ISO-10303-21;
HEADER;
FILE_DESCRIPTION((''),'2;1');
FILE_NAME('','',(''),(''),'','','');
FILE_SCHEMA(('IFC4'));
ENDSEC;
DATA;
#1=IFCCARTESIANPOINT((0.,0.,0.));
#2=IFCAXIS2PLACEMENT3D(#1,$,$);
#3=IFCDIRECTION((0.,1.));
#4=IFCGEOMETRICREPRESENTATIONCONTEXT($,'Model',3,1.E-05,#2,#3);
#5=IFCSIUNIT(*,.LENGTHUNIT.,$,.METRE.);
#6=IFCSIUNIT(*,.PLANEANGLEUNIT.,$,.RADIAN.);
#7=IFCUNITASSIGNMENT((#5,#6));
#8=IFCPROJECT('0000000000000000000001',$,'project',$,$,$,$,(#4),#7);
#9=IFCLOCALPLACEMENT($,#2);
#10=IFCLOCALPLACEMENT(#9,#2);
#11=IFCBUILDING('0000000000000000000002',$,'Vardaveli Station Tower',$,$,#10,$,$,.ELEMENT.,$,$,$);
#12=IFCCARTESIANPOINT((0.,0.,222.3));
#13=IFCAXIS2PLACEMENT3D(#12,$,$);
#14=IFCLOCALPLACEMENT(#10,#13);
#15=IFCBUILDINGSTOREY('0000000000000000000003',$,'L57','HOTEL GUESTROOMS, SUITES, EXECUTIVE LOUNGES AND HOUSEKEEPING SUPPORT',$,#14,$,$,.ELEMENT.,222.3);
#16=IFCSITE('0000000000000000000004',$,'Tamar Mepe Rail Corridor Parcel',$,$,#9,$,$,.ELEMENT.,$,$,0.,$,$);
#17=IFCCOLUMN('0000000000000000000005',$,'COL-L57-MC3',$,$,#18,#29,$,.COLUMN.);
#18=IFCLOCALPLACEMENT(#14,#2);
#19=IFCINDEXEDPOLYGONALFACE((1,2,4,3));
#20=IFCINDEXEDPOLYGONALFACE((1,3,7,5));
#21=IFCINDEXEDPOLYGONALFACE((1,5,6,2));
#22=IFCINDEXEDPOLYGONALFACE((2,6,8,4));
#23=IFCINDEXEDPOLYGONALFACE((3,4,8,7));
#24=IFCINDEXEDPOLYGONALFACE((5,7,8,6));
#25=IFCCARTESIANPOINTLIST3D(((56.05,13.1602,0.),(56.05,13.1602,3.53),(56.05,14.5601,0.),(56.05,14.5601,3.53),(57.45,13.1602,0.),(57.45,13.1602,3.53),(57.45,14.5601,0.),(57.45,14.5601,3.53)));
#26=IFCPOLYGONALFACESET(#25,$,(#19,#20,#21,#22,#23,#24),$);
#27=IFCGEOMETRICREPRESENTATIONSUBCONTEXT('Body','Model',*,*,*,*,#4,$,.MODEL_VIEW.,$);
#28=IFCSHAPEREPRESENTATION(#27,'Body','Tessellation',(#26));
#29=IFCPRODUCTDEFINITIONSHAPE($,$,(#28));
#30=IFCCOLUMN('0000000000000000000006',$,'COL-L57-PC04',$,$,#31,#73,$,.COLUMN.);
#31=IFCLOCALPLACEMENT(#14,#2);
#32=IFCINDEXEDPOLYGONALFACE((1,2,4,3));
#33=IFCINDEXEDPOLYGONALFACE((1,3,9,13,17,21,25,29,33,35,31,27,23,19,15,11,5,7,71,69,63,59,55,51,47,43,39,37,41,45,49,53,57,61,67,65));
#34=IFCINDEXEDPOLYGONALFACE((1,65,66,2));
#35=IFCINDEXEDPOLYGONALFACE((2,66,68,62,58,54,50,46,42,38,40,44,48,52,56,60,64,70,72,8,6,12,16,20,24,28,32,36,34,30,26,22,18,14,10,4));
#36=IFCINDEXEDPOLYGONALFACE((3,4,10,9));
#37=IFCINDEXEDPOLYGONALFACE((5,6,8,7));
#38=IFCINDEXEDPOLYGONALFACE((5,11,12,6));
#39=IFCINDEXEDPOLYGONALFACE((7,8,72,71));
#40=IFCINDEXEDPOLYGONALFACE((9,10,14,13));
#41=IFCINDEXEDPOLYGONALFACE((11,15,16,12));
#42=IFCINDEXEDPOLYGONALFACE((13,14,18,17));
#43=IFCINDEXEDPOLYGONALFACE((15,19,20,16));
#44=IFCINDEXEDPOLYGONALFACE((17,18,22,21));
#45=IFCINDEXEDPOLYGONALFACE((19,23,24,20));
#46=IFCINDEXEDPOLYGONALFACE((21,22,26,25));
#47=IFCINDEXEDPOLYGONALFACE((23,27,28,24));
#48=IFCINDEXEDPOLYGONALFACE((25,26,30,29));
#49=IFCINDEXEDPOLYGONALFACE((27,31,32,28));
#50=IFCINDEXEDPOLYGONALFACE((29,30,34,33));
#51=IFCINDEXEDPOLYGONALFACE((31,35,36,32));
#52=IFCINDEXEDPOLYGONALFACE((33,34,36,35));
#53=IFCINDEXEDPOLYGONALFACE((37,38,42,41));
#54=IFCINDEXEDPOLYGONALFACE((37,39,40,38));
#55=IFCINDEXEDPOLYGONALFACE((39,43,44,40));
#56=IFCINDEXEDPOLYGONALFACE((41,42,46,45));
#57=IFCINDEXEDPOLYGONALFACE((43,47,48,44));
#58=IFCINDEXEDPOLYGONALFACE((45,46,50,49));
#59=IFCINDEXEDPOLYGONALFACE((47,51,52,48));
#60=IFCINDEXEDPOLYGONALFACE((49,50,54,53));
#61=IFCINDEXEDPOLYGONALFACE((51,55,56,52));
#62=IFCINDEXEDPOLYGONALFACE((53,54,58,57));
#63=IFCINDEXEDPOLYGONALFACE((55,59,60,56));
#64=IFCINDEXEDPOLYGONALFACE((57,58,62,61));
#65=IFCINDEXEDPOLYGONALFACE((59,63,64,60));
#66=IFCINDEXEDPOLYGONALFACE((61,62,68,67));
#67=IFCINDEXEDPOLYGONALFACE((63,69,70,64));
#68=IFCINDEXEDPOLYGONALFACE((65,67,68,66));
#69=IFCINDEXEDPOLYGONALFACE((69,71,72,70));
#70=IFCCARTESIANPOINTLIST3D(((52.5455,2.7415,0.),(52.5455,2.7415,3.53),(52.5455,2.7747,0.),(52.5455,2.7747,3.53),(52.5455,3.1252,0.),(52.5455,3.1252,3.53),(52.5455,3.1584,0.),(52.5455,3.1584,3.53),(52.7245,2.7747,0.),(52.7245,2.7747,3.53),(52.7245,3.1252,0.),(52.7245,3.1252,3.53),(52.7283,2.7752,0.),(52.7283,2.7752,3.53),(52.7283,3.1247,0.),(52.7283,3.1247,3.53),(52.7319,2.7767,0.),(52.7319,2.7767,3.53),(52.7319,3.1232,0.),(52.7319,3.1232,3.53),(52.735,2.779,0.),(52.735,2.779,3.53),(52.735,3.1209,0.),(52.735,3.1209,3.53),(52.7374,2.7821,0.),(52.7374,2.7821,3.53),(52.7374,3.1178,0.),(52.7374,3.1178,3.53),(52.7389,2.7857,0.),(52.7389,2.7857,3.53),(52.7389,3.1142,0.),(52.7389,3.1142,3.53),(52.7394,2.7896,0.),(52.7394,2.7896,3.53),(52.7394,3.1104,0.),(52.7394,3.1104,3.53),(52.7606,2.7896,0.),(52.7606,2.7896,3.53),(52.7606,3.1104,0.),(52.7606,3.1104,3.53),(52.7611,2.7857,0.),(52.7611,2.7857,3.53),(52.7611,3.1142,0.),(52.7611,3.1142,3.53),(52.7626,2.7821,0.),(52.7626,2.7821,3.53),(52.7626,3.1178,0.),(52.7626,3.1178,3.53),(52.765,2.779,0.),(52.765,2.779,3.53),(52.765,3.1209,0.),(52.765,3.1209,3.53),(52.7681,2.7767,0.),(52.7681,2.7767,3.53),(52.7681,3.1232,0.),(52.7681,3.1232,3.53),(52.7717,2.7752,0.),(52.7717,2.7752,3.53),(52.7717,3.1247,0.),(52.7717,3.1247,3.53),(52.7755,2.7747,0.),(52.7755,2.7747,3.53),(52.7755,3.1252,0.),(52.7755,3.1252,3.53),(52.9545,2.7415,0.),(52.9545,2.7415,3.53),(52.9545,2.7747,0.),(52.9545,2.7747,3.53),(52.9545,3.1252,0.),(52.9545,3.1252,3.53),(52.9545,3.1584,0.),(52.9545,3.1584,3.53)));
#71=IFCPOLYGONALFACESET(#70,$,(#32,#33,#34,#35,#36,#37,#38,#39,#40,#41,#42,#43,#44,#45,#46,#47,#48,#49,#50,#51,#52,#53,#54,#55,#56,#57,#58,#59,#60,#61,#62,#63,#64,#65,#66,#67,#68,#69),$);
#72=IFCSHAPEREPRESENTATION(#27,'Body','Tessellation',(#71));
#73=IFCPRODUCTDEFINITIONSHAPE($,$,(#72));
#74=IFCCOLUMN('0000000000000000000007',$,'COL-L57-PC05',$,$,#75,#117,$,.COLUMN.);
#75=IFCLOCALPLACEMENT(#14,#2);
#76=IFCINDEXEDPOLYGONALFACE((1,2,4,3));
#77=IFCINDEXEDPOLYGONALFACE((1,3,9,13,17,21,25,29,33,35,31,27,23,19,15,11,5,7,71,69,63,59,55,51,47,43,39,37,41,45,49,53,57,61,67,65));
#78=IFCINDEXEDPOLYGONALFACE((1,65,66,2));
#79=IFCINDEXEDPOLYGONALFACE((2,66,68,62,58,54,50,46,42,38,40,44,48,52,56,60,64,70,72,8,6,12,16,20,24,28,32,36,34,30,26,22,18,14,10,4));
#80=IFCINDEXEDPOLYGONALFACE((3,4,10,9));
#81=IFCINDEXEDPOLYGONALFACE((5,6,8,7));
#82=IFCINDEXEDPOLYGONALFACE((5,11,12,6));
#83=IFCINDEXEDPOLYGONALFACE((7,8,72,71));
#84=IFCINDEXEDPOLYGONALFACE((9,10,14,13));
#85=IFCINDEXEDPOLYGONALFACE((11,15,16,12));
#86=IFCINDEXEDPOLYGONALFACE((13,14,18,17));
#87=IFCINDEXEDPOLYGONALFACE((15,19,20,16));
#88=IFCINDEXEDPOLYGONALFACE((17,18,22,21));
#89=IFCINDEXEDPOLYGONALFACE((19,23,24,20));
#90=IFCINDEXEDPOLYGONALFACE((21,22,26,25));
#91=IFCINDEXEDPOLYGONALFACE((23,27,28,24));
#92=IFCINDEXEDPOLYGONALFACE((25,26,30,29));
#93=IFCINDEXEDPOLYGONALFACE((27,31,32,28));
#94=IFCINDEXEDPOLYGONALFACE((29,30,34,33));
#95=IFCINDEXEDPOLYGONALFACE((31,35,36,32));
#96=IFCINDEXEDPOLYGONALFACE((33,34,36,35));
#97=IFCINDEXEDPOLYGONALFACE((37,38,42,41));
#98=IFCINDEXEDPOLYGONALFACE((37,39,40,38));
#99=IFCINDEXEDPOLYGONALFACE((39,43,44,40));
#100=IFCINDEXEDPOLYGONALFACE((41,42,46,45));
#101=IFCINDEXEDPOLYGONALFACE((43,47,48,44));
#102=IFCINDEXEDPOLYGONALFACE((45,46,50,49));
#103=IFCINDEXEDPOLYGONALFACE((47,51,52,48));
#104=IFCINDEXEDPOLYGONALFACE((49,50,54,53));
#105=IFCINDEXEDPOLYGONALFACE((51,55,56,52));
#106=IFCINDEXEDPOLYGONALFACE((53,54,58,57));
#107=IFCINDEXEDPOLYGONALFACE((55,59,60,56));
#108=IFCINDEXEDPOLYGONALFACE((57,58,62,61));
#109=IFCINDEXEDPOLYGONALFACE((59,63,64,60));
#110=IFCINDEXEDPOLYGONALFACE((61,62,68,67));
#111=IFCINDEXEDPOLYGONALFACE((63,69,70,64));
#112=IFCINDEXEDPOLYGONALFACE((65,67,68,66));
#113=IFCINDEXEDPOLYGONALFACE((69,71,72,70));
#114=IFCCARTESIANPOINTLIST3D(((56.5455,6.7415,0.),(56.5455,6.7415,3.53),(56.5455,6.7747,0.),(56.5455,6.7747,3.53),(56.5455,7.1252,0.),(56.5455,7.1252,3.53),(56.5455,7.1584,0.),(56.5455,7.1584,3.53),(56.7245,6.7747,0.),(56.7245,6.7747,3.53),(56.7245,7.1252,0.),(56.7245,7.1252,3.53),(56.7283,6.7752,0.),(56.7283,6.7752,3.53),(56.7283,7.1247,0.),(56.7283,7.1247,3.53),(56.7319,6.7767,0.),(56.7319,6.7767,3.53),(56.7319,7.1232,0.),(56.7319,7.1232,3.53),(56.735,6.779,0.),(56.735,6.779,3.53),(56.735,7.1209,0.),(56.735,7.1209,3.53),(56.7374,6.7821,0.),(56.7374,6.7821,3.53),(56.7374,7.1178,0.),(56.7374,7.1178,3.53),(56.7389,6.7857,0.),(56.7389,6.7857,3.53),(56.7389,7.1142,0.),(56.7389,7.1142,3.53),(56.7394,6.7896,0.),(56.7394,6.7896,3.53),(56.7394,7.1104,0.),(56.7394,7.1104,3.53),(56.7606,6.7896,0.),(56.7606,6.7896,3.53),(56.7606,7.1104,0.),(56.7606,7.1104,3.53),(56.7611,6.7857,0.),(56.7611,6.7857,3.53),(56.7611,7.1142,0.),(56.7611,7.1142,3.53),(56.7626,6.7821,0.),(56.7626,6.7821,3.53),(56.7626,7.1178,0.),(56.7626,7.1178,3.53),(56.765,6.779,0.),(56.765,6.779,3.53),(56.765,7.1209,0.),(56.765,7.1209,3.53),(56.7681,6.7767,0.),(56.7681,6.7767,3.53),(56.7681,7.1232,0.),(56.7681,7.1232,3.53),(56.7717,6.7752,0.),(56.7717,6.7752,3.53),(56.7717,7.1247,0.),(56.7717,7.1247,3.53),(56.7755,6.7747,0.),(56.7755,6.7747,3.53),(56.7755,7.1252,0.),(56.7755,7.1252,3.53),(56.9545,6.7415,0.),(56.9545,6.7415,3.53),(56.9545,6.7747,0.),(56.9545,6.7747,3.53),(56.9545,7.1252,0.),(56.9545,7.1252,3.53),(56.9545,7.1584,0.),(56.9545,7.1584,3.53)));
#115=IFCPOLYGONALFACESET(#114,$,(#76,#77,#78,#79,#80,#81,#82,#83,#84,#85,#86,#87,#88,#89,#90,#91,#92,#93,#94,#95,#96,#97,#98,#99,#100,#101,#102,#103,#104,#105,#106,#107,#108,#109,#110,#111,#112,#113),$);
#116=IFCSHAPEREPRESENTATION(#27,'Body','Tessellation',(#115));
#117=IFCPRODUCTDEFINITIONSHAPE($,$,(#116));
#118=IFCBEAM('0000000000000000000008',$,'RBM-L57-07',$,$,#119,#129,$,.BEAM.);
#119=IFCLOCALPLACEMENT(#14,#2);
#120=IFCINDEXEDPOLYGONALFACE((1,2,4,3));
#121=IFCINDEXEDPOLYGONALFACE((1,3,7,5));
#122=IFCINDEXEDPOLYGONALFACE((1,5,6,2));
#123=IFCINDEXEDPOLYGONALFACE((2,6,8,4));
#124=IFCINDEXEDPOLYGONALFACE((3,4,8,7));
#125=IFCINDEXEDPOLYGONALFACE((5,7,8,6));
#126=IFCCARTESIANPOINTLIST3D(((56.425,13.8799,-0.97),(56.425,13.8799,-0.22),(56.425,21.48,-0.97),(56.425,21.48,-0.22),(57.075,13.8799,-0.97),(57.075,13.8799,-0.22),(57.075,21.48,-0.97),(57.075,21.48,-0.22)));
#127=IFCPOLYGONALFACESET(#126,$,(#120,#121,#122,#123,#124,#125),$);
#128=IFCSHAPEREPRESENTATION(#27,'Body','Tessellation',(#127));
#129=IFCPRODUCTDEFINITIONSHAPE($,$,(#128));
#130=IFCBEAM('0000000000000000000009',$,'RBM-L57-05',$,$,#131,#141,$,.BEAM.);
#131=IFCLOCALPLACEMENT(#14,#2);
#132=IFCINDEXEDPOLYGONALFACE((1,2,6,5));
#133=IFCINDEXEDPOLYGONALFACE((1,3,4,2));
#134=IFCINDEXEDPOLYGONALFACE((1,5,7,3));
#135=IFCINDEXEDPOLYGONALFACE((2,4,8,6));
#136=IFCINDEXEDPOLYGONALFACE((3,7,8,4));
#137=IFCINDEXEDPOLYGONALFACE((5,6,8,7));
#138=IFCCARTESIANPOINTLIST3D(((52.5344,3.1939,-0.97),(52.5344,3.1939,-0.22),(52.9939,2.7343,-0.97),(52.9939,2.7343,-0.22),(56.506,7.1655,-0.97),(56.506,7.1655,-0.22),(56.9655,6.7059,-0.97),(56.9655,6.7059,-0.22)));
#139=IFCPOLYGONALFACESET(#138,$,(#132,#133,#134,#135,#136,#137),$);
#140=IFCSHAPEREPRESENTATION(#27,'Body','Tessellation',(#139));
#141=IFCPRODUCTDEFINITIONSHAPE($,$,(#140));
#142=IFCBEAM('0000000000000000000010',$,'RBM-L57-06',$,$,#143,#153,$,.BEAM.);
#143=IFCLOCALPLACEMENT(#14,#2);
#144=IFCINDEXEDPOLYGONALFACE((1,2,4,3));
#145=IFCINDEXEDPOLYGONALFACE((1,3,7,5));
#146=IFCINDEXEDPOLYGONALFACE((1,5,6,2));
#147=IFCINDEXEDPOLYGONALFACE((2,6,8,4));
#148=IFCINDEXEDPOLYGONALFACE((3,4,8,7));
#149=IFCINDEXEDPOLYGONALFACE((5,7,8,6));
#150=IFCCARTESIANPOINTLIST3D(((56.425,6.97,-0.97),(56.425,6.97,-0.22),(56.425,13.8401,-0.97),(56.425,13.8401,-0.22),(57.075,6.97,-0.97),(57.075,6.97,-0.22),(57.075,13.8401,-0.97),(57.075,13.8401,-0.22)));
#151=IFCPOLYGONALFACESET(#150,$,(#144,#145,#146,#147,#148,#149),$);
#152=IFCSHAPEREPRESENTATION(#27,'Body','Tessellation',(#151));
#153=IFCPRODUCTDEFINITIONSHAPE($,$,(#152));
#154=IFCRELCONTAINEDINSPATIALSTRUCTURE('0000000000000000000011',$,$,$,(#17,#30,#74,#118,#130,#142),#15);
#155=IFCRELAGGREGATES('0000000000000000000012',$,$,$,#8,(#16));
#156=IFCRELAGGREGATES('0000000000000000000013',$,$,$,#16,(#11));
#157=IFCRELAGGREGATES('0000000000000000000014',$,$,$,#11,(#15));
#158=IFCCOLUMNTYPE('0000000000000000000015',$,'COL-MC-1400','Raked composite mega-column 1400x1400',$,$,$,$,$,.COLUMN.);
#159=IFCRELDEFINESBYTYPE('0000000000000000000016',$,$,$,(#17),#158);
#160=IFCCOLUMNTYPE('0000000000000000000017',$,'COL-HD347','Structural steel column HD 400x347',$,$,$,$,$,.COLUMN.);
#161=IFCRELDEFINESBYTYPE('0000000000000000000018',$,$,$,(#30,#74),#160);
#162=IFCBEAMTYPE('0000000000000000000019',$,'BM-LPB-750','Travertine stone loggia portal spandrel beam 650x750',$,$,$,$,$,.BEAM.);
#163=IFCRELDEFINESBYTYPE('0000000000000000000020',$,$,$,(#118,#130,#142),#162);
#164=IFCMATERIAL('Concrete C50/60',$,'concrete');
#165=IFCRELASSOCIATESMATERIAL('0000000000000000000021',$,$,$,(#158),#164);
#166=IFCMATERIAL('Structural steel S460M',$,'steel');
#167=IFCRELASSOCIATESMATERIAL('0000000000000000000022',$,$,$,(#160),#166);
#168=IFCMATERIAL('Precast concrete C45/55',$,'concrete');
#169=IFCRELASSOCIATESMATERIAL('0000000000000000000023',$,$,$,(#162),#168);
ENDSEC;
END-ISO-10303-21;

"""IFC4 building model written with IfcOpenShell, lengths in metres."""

from ifc_helpers import new_model, si_unit, direction, frame, origin, origin_2d, place, context, subcontext, project, spatial, rectangle, i_section, extrude, source, transform, mapped, material, material_profile, profile_set, type_object, element, save


model = new_model("IFC4")

# Units and contexts
model_context = context("Model", 3, precision=1e-05, world=origin(), true_north=direction((0.0, 1.0)))
body_context = subcontext(model_context, "Body", "Model", "MODEL_VIEW")
ifc_project = project(units=[si_unit("LENGTHUNIT", "METRE"), si_unit("PLANEANGLEUNIT", "RADIAN")], contexts=[model_context])

# Site, building, storey
site_placement = place(None, origin())
site = spatial("IfcSite", under=ifc_project, at=site_placement, Name="Tamar Mepe Rail Corridor Parcel", CompositionType="ELEMENT", RefElevation=0.0)
building_placement = place(site_placement, origin())
building = spatial("IfcBuilding", under=site, at=building_placement, Name="Vardaveli Station Tower", CompositionType="ELEMENT")
storey_placement = place(building_placement, frame((0.0, 0.0, 222.3)))
storey = spatial("IfcBuildingStorey", under=building, at=storey_placement, Name="L57", Description="HOTEL GUESTROOMS, SUITES, EXECUTIVE LOUNGES AND HOUSEKEEPING SUPPORT", CompositionType="ELEMENT", Elevation=222.3)

# Columns
ifc_material_1 = material(Name="Concrete C50/60", Category="concrete")
ifc_material_profile_1 = material_profile(ifc_material_1, rectangle(XDim=1.3999, YDim=1.3999, at=origin_2d()), Name="MC 1400x1400")
ifc_profile_set_1 = profile_set([ifc_material_profile_1], Name="Concrete C50/60")
column_type_1 = type_object("IfcColumnType", Name="COL-MC-1400", Description="Raked composite mega-column 1400x1400", PredefinedType="COLUMN", material=ifc_profile_set_1)
shared_shape_1 = source(origin(), body_context, "Body", "SweptSolid", [
    extrude(rectangle(XDim=1.3999, YDim=1.3999, at=origin_2d()), origin(), (0.0, 0.0, 1.0), 3.53),
])
column_placement = place(storey_placement, frame((56.75, 13.8601, 0.0), z_axis=(0.0, 0.0, 1.0), x_axis=(1.0, 0.0, 0.0)))
element("IfcColumn", 1, at=column_placement, inside=storey, type_object=column_type_1, Name="COL-L57-MC3", PredefinedType="COLUMN", context=body_context, shape_type="MappedRepresentation", body=[
    mapped(shared_shape_1, transform((0.0, 0.0, 0.0), scale=1.0)),
])
ifc_material_2 = material(Name="Structural steel S460M", Category="steel")
ifc_material_profile_2 = material_profile(ifc_material_2, i_section(OverallWidth=0.4089, OverallDepth=0.417, WebThickness=0.0212, FlangeThickness=0.0332, FilletRadius=0.0149, at=origin_2d()), Name="HD 400x347")
ifc_profile_set_2 = profile_set([ifc_material_profile_2], Name="Structural steel S460M")
column_type_2 = type_object("IfcColumnType", Name="COL-HD347", Description="Structural steel column HD 400x347", PredefinedType="COLUMN", material=ifc_profile_set_2)
shared_shape_2 = source(origin(), body_context, "Body", "SweptSolid", [
    extrude(i_section(OverallWidth=0.4089, OverallDepth=0.417, WebThickness=0.0212, FlangeThickness=0.0332, FilletRadius=0.0149, at=origin_2d()), origin(), (0.0, 0.0, 1.0), 3.53),
])
for number, where, z_axis, x_axis, name in (
    (2, (52.75, 2.95, 0.0), (0.0, 0.0, 1.0), (1.0, 0.0, 0.0), "COL-L57-PC04"),
    (3, (56.75, 6.95, 0.0), (0.0, 0.0, 1.0), (1.0, 0.0, 0.0), "COL-L57-PC05"),
):
    element("IfcColumn", number, at=place(storey_placement, frame(where, z_axis=z_axis, x_axis=x_axis)), inside=storey, type_object=column_type_2, Name=name, PredefinedType="COLUMN", context=body_context, shape_type="MappedRepresentation", body=[
        mapped(shared_shape_2, transform((0.0, 0.0, 0.0), scale=1.0)),
    ])

# Beams
ifc_material_3 = material(Name="Precast concrete C45/55", Category="concrete")
ifc_material_profile_3 = material_profile(ifc_material_3, rectangle(XDim=0.6499, YDim=0.75, at=origin_2d()), Name="LPB 650x750")
ifc_profile_set_3 = profile_set([ifc_material_profile_3], Name="Precast concrete C45/55")
beam_type_1 = type_object("IfcBeamType", Name="BM-LPB-750", Description="Travertine stone loggia portal spandrel beam 650x750", PredefinedType="BEAM", material=ifc_profile_set_3)
shared_shape_3 = source(origin(), body_context, "Body", "SweptSolid", [
    extrude(rectangle(XDim=0.6499, YDim=0.75, at=origin_2d()), origin(), (0.0, 0.0, 1.0), 7.6001),
])
beam_1_placement = place(storey_placement, frame((56.75, 13.8799, -0.595), z_axis=(0.0, 1.0, 0.0), x_axis=(-1.0, 0.0, 0.0)))
element("IfcBeam", 4, at=beam_1_placement, inside=storey, type_object=beam_type_1, Name="RBM-L57-07", PredefinedType="BEAM", context=body_context, shape_type="MappedRepresentation", body=[
    mapped(shared_shape_3, transform((0.0, 0.0, 0.0), scale=1.0)),
])
shared_shape_4 = source(origin(), body_context, "Body", "SweptSolid", [
    extrude(rectangle(XDim=0.6499, YDim=0.75, at=origin_2d()), origin(), (0.0, 0.0, 1.0), 5.6167),
])
beam_2_placement = place(storey_placement, frame((52.7642, 2.9641, -0.595), z_axis=(0.707107, 0.707107, 0.0), x_axis=(-0.707107, 0.707107, 0.0)))
element("IfcBeam", 5, at=beam_2_placement, inside=storey, type_object=beam_type_1, Name="RBM-L57-05", PredefinedType="BEAM", context=body_context, shape_type="MappedRepresentation", body=[
    mapped(shared_shape_4, transform((0.0, 0.0, 0.0), scale=1.0)),
])
shared_shape_5 = source(origin(), body_context, "Body", "SweptSolid", [
    extrude(rectangle(XDim=0.6499, YDim=0.75, at=origin_2d()), origin(), (0.0, 0.0, 1.0), 6.8701),
])
beam_3_placement = place(storey_placement, frame((56.75, 6.97, -0.595), z_axis=(0.0, 1.0, 0.0), x_axis=(-1.0, 0.0, 0.0)))
element("IfcBeam", 6, at=beam_3_placement, inside=storey, type_object=beam_type_1, Name="RBM-L57-06", PredefinedType="BEAM", context=body_context, shape_type="MappedRepresentation", body=[
    mapped(shared_shape_5, transform((0.0, 0.0, 0.0), scale=1.0)),
])

save(model, "model.ifc")
